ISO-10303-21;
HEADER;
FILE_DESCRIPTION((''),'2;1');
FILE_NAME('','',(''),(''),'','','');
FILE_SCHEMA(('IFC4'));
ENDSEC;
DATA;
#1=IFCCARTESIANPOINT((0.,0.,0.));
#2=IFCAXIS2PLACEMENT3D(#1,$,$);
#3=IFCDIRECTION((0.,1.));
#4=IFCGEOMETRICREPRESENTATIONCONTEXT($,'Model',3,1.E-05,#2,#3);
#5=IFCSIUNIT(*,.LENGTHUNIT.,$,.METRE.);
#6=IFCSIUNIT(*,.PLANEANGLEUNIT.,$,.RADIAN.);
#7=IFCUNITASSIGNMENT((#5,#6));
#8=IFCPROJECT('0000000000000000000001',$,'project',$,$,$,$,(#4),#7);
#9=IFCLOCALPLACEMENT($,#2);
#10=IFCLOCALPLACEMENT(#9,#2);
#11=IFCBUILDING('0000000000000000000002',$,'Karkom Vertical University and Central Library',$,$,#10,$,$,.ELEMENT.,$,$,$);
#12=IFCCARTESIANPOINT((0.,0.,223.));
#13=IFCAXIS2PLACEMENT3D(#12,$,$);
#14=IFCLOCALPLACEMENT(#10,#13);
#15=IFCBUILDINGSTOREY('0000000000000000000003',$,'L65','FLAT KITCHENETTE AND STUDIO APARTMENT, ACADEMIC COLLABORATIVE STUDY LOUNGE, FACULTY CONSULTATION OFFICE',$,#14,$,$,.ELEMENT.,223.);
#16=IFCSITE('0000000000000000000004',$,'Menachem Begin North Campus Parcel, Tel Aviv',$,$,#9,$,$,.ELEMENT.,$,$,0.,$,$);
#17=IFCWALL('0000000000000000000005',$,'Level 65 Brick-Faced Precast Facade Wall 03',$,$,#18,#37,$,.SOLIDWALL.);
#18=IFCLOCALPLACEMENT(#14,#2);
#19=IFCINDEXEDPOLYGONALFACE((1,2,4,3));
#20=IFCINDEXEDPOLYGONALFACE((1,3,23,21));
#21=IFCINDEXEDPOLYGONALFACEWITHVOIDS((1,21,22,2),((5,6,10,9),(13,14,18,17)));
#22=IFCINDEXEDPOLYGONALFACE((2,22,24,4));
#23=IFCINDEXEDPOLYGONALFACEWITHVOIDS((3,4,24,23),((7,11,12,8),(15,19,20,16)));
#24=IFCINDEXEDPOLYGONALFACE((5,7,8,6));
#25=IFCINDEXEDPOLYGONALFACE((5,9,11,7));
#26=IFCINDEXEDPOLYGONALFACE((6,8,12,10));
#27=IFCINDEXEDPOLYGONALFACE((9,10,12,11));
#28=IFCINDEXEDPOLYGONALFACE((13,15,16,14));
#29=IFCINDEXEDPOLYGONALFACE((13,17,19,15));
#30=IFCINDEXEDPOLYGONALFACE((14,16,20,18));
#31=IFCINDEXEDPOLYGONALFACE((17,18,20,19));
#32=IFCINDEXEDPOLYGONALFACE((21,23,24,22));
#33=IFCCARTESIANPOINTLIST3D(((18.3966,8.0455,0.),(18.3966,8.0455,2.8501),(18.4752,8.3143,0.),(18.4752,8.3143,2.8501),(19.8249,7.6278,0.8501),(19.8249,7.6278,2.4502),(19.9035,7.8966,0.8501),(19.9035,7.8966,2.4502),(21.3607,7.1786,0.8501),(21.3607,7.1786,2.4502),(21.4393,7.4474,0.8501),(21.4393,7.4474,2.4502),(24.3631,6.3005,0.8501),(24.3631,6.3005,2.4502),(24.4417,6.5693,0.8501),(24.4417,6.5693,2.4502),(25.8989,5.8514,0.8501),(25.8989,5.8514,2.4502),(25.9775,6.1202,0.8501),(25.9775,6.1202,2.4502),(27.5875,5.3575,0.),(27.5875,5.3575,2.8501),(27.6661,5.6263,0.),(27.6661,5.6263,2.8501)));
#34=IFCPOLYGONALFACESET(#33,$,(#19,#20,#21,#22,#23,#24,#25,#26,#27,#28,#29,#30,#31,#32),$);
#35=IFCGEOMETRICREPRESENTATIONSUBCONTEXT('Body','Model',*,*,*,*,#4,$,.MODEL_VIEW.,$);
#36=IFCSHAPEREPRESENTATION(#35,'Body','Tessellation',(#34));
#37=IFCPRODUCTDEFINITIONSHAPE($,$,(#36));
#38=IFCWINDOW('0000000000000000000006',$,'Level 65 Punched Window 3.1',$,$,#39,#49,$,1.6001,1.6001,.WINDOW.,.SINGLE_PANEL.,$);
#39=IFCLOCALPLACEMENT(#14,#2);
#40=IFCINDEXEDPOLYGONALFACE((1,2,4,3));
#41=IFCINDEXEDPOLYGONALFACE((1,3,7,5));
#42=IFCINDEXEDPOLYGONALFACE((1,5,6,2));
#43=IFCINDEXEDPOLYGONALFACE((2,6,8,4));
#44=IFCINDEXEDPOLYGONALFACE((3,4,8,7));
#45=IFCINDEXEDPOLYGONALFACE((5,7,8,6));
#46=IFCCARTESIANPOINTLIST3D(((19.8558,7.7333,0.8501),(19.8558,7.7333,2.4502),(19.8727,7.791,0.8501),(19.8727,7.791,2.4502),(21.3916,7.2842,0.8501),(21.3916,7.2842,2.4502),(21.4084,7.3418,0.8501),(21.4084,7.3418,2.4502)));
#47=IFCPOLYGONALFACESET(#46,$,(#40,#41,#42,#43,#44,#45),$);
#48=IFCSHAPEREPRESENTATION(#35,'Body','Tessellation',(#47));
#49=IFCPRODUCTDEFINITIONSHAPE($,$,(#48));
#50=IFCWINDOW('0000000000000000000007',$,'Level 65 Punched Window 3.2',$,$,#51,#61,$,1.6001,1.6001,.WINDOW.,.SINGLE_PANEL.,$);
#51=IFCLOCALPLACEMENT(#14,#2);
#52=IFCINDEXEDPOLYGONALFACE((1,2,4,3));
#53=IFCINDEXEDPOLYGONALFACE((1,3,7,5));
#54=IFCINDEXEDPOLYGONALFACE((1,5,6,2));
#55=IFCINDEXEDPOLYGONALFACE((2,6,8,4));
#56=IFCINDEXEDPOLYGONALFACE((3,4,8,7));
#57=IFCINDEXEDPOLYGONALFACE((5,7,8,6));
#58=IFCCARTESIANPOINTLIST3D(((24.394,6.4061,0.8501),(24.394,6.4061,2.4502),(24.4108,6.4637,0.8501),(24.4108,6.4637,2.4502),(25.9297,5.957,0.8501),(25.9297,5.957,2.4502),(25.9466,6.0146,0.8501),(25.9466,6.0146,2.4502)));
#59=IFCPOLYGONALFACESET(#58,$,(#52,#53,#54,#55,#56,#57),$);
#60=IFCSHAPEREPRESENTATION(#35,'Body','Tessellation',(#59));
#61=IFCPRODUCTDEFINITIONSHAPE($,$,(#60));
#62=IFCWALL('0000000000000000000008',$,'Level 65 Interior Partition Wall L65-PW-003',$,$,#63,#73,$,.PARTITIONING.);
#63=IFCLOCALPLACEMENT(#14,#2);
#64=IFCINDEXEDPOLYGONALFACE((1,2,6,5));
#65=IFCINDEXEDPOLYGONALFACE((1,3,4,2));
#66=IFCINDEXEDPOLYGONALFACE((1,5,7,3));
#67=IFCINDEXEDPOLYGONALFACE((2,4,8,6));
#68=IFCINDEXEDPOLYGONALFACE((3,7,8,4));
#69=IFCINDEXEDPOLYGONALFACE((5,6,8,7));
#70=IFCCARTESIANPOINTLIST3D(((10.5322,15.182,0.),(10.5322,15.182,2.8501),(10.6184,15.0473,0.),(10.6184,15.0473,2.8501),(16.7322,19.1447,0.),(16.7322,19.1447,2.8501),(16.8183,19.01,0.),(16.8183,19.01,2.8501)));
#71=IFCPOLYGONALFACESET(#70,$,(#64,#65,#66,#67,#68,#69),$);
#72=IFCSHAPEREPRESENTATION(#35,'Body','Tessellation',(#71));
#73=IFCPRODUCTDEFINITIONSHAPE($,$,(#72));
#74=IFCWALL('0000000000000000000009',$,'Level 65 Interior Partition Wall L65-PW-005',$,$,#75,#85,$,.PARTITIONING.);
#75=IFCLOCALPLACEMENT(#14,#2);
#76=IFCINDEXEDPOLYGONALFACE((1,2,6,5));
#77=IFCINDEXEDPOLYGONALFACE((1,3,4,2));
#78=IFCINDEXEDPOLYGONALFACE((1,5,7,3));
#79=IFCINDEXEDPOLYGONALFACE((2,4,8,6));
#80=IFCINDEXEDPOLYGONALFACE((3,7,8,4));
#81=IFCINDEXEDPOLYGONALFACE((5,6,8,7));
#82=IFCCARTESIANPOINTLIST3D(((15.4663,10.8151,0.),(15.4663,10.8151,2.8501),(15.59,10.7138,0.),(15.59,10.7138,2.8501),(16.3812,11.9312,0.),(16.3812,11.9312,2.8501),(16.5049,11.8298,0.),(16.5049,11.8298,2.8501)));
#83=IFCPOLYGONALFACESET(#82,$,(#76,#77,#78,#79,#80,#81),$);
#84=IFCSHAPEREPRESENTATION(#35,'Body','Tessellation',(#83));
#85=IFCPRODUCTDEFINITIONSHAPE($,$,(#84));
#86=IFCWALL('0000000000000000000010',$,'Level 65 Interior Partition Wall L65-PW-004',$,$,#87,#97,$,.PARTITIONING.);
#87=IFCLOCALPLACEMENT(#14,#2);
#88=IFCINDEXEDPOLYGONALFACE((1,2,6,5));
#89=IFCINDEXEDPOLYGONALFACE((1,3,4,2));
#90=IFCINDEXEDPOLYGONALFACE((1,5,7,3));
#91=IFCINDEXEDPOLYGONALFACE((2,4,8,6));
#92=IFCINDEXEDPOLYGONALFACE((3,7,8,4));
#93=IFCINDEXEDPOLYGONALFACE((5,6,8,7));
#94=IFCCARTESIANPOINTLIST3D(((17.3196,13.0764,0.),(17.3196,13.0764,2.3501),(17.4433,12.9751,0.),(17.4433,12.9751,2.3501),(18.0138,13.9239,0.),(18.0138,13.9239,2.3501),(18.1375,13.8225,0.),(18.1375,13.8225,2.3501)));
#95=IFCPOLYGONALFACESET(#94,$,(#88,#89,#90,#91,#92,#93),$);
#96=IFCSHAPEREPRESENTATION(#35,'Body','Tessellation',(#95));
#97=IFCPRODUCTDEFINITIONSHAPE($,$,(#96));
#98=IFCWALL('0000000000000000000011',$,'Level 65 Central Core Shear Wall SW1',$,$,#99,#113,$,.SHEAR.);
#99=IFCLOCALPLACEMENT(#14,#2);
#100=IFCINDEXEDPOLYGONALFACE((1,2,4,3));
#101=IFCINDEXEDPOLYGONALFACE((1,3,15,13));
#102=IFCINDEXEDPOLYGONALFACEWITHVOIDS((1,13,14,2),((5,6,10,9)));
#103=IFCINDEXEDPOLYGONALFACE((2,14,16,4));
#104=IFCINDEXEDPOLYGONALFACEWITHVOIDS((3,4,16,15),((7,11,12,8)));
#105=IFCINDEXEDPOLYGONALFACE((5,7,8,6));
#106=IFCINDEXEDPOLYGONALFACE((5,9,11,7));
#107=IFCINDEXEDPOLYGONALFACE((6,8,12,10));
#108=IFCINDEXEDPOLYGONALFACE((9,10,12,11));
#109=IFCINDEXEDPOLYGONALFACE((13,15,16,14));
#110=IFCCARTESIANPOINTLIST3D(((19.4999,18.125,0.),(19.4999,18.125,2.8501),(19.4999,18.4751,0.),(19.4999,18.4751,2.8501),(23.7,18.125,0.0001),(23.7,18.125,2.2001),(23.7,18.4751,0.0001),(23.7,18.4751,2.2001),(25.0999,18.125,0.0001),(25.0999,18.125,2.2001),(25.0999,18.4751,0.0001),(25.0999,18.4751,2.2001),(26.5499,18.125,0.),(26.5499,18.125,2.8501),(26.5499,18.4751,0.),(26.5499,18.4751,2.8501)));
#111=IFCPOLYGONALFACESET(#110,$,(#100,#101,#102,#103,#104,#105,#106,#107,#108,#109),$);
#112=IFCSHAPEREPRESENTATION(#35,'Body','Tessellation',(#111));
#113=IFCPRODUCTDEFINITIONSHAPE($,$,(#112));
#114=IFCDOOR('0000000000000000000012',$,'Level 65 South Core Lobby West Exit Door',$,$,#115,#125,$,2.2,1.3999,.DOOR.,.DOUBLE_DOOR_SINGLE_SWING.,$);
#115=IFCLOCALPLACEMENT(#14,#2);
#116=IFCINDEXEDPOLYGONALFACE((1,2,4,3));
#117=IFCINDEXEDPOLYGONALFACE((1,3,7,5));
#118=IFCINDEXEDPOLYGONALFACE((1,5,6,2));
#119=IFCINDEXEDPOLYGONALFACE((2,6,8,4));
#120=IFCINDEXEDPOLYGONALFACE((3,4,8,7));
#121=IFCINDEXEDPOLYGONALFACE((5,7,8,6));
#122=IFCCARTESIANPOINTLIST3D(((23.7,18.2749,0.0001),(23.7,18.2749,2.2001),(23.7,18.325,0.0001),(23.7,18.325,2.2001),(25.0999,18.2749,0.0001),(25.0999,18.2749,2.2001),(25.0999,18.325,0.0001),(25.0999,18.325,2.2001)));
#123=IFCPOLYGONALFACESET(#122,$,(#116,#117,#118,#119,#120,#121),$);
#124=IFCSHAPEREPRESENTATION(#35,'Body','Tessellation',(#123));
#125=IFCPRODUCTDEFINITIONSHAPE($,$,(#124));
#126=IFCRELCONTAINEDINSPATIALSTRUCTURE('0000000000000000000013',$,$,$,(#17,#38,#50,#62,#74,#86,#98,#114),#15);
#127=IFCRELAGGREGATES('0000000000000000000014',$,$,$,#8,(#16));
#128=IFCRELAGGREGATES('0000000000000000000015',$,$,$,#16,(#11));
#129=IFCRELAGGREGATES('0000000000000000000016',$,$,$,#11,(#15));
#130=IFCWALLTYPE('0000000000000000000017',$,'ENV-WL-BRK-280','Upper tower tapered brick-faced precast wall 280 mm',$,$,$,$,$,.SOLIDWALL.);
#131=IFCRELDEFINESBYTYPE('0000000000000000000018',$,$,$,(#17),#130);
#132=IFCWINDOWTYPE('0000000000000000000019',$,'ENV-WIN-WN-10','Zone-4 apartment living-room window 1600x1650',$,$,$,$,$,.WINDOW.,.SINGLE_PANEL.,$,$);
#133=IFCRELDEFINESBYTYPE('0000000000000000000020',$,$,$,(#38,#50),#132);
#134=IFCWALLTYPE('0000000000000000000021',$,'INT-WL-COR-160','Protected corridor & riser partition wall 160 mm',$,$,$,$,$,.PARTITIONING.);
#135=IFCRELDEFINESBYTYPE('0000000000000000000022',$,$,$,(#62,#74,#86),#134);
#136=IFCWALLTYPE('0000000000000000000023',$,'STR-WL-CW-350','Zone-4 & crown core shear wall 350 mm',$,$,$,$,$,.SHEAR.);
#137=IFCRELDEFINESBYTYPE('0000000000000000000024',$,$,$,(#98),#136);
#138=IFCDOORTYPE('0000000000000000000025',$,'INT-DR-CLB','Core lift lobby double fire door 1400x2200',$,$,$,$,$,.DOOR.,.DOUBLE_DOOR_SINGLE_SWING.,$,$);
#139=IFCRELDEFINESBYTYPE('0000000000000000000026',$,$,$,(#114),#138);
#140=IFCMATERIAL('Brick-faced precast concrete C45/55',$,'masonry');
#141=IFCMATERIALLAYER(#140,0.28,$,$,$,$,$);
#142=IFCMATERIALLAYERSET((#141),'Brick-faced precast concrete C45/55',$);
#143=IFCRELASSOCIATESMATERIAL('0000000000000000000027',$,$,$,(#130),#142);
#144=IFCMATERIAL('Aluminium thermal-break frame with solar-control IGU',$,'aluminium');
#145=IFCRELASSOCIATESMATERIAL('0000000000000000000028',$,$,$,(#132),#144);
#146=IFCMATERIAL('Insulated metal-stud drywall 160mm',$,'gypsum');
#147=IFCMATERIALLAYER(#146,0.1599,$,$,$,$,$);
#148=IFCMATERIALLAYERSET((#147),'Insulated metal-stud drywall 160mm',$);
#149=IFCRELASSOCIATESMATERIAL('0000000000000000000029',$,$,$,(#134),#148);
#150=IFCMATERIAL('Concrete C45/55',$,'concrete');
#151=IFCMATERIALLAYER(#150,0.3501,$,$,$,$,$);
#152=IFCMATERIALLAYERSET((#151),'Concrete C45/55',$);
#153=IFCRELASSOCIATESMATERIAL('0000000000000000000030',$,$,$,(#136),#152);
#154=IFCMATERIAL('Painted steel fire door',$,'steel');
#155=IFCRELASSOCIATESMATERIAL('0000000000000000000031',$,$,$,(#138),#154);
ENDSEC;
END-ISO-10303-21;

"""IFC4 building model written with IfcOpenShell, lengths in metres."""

from ifc_helpers import new_model, si_unit, direction, frame, frame_2d, origin, origin_with_axes, place, context, subcontext, project, spatial, rectangle, extrude, source, transform, mapped, material, layer, layer_set, type_object, element, fill, save


model = new_model("IFC4")

# Units and contexts
model_context = context("Model", 3, precision=1e-05, world=origin(), true_north=direction((0.0, 1.0)))
body_context = subcontext(model_context, "Body", "Model", "MODEL_VIEW")
ifc_project = project(units=[si_unit("LENGTHUNIT", "METRE"), si_unit("PLANEANGLEUNIT", "RADIAN")], contexts=[model_context])

# Site, building, storey
site_placement = place(None, origin())
site = spatial("IfcSite", under=ifc_project, at=site_placement, Name="Menachem Begin North Campus Parcel, Tel Aviv", CompositionType="ELEMENT", RefElevation=0.0)
building_placement = place(site_placement, origin())
building = spatial("IfcBuilding", under=site, at=building_placement, Name="Karkom Vertical University and Central Library", CompositionType="ELEMENT")
storey_placement = place(building_placement, frame((0.0, 0.0, 223.0)))
storey = spatial("IfcBuildingStorey", under=building, at=storey_placement, Name="L65", Description="FLAT KITCHENETTE AND STUDIO APARTMENT, ACADEMIC COLLABORATIVE STUDY LOUNGE, FACULTY CONSULTATION OFFICE", CompositionType="ELEMENT", Elevation=223.0)

# Shared definitions
ifc_material_1 = material(Name="Concrete C45/55", Category="concrete")

# Wall, openings, windows
ifc_material_2 = material(Name="Brick-faced precast concrete C45/55", Category="masonry")
ifc_layer_1 = layer(ifc_material_2, 0.28)
ifc_layer_set_1 = layer_set([ifc_layer_1], Name="Brick-faced precast concrete C45/55")
wall_type_1 = type_object("IfcWallType", Name="ENV-WL-BRK-280", Description="Upper tower tapered brick-faced precast wall 280 mm", PredefinedType="SOLIDWALL", material=ifc_layer_set_1)
ifc_material_3 = material(Name="Aluminium thermal-break frame with solar-control IGU", Category="aluminium")
window_type_1 = type_object("IfcWindowType", Name="ENV-WIN-WN-10", Description="Zone-4 apartment living-room window 1600x1650", PartitioningType="SINGLE_PANEL", PredefinedType="WINDOW", material=ifc_material_3)
shared_shape_1 = source(origin_with_axes(), body_context, "Body", "SweptSolid", [
    extrude(rectangle(XDim=1.6001, YDim=1.6001, at=frame_2d((0.8, 0.8))), frame((0.0, 0.03, 0.0), z_axis=(0.0, -1.0, 0.0), x_axis=(1.0, 0.0, 0.0)), (0.0, 0.0, 1.0), 0.0601),
])
wall_1_placement = place(storey_placement, frame((18.4358, 8.1799, 0.0), z_axis=(0.0, 0.0, 1.0), x_axis=(0.959795, -0.280703, 0.0)))
wall_1 = element("IfcWall", 1, at=wall_1_placement, inside=storey, type_object=wall_type_1, Name="Level 65 Brick-Faced Precast Facade Wall 03", PredefinedType="SOLIDWALL", context=body_context, shape_type="SweptSolid", body=[
    extrude(rectangle(XDim=9.5759, YDim=0.28, at=frame_2d((4.7881, 0.0))), origin(), (0.0, 0.0, 1.0), 2.8501),
])
opening_1_placement = place(wall_1_placement, frame((1.4883, 0.0, 0.8501)))
opening_1 = element("IfcOpeningElement", 2, at=opening_1_placement, cuts=wall_1, PredefinedType="OPENING", context=body_context, shape_type="SweptSolid", body=[
    extrude(rectangle(XDim=1.6001, YDim=1.6001, at=frame_2d((0.8, 0.8))), frame((0.0, 0.1499, 0.0), z_axis=(0.0, -1.0, 0.0), x_axis=(1.0, 0.0, 0.0)), (0.0, 0.0, 1.0), 0.3),
])
opening_2_placement = place(wall_1_placement, frame((6.2166, 0.0, 0.8501)))
opening_2 = element("IfcOpeningElement", 3, at=opening_2_placement, cuts=wall_1, PredefinedType="OPENING", context=body_context, shape_type="SweptSolid", body=[
    extrude(rectangle(XDim=1.6001, YDim=1.6001, at=frame_2d((0.8, 0.8))), frame((0.0, 0.1499, 0.0), z_axis=(0.0, -1.0, 0.0), x_axis=(1.0, 0.0, 0.0)), (0.0, 0.0, 1.0), 0.3),
])
window_1_placement = place(opening_1_placement, origin())
window_1 = element("IfcWindow", 4, at=window_1_placement, inside=storey, type_object=window_type_1, Name="Level 65 Punched Window 3.1", OverallHeight=1.6001, OverallWidth=1.6001, PartitioningType="SINGLE_PANEL", PredefinedType="WINDOW", context=body_context, shape_type="MappedRepresentation", body=[
    mapped(shared_shape_1, transform((0.0, 0.0, 0.0), scale=1.0)),
])
fill(opening_1, window_1)
window_2_placement = place(opening_2_placement, origin())
window_2 = element("IfcWindow", 5, at=window_2_placement, inside=storey, type_object=window_type_1, Name="Level 65 Punched Window 3.2", OverallHeight=1.6001, OverallWidth=1.6001, PartitioningType="SINGLE_PANEL", PredefinedType="WINDOW", context=body_context, shape_type="MappedRepresentation", body=[
    mapped(shared_shape_1, transform((0.0, 0.0, 0.0), scale=1.0)),
])
fill(opening_2, window_2)

# Shared definitions
ifc_material_4 = material(Name="Insulated metal-stud drywall 160mm", Category="gypsum")
ifc_layer_2 = layer(ifc_material_4, 0.1599)
ifc_layer_set_2 = layer_set([ifc_layer_2], Name="Insulated metal-stud drywall 160mm")
wall_type_2 = type_object("IfcWallType", Name="INT-WL-COR-160", Description="Protected corridor & riser partition wall 160 mm", PredefinedType="PARTITIONING", material=ifc_layer_set_2)

# Walls
wall_2_placement = place(storey_placement, frame((16.7754, 19.0774, 0.0), z_axis=(0.0, 0.0, 1.0), x_axis=(-0.8426, -0.53854, 0.0)))
element("IfcWall", 6, at=wall_2_placement, inside=storey, type_object=wall_type_2, Name="Level 65 Interior Partition Wall L65-PW-003", PredefinedType="PARTITIONING", context=body_context, shape_type="SweptSolid", body=[
    extrude(rectangle(XDim=7.3582, YDim=0.1599, at=frame_2d((3.6792, 0.0))), origin(), (0.0, 0.0, 1.0), 2.8501),
])
wall_3_placement = place(storey_placement, frame((16.4431, 11.8806, 0.0), z_axis=(0.0, 0.0, 1.0), x_axis=(-0.633956, -0.773369, 0.0)))
element("IfcWall", 7, at=wall_3_placement, inside=storey, type_object=wall_type_2, Name="Level 65 Interior Partition Wall L65-PW-005", PredefinedType="PARTITIONING", context=body_context, shape_type="SweptSolid", body=[
    extrude(rectangle(XDim=1.4431, YDim=0.1599, at=frame_2d((0.7217, 0.0))), origin(), (0.0, 0.0, 1.0), 2.8501),
])
wall_4_placement = place(storey_placement, frame((18.0757, 13.8733, 0.0), z_axis=(0.0, 0.0, 1.0), x_axis=(-0.63365, -0.77362, 0.0)))
element("IfcWall", 8, at=wall_4_placement, inside=storey, type_object=wall_type_2, Name="Level 65 Interior Partition Wall L65-PW-004", PredefinedType="PARTITIONING", context=body_context, shape_type="SweptSolid", body=[
    extrude(rectangle(XDim=1.0955, YDim=0.1599, at=frame_2d((0.5479, 0.0))), origin(), (0.0, 0.0, 1.0), 2.3501),
])

# Wall, opening, door
ifc_layer_3 = layer(ifc_material_1, 0.3501)
ifc_layer_set_3 = layer_set([ifc_layer_3], Name="Concrete C45/55")
wall_type_3 = type_object("IfcWallType", Name="STR-WL-CW-350", Description="Zone-4 & crown core shear wall 350 mm", PredefinedType="SHEAR", material=ifc_layer_set_3)
wall_5_placement = place(storey_placement, frame((19.5, 18.3, 0.0), z_axis=(0.0, 0.0, 1.0), x_axis=(1.0, 0.0, 0.0)))
wall_5 = element("IfcWall", 9, at=wall_5_placement, inside=storey, type_object=wall_type_3, Name="Level 65 Central Core Shear Wall SW1", PredefinedType="SHEAR", context=body_context, shape_type="SweptSolid", body=[
    extrude(rectangle(XDim=7.05, YDim=0.3501, at=frame_2d((3.5249, 0.0))), origin(), (0.0, 0.0, 1.0), 2.8501),
])
opening_3_placement = place(wall_5_placement, frame((4.2, 0.0, 0.0)))
opening_3 = element("IfcOpeningElement", 10, at=opening_3_placement, cuts=wall_5, PredefinedType="OPENING", context=body_context, shape_type="SweptSolid", body=[
    extrude(rectangle(XDim=1.3999, YDim=2.2, at=frame_2d((0.7, 1.1001))), frame((0.0, 0.1851, 0.0), z_axis=(0.0, -1.0, 0.0), x_axis=(1.0, 0.0, 0.0)), (0.0, 0.0, 1.0), 0.3701),
])
ifc_material_5 = material(Name="Painted steel fire door", Category="steel")
door_type_1 = type_object("IfcDoorType", Name="INT-DR-CLB", Description="Core lift lobby double fire door 1400x2200", OperationType="DOUBLE_DOOR_SINGLE_SWING", PredefinedType="DOOR", material=ifc_material_5)
shared_shape_2 = source(origin_with_axes(), body_context, "Body", "SweptSolid", [
    extrude(rectangle(XDim=1.3999, YDim=2.2, at=frame_2d((0.7, 1.1001))), frame((0.0, 0.0249, 0.0), z_axis=(0.0, -1.0, 0.0), x_axis=(1.0, 0.0, 0.0)), (0.0, 0.0, 1.0), 0.05),
])
door_1_placement = place(opening_3_placement, origin())
door_1 = element("IfcDoor", 11, at=door_1_placement, inside=storey, type_object=door_type_1, Name="Level 65 South Core Lobby West Exit Door", OperationType="DOUBLE_DOOR_SINGLE_SWING", OverallHeight=2.2, OverallWidth=1.3999, PredefinedType="DOOR", context=body_context, shape_type="MappedRepresentation", body=[
    mapped(shared_shape_2, transform((0.0, 0.0, 0.0), scale=1.0)),
])
fill(opening_3, door_1)

save(model, "model.ifc")
